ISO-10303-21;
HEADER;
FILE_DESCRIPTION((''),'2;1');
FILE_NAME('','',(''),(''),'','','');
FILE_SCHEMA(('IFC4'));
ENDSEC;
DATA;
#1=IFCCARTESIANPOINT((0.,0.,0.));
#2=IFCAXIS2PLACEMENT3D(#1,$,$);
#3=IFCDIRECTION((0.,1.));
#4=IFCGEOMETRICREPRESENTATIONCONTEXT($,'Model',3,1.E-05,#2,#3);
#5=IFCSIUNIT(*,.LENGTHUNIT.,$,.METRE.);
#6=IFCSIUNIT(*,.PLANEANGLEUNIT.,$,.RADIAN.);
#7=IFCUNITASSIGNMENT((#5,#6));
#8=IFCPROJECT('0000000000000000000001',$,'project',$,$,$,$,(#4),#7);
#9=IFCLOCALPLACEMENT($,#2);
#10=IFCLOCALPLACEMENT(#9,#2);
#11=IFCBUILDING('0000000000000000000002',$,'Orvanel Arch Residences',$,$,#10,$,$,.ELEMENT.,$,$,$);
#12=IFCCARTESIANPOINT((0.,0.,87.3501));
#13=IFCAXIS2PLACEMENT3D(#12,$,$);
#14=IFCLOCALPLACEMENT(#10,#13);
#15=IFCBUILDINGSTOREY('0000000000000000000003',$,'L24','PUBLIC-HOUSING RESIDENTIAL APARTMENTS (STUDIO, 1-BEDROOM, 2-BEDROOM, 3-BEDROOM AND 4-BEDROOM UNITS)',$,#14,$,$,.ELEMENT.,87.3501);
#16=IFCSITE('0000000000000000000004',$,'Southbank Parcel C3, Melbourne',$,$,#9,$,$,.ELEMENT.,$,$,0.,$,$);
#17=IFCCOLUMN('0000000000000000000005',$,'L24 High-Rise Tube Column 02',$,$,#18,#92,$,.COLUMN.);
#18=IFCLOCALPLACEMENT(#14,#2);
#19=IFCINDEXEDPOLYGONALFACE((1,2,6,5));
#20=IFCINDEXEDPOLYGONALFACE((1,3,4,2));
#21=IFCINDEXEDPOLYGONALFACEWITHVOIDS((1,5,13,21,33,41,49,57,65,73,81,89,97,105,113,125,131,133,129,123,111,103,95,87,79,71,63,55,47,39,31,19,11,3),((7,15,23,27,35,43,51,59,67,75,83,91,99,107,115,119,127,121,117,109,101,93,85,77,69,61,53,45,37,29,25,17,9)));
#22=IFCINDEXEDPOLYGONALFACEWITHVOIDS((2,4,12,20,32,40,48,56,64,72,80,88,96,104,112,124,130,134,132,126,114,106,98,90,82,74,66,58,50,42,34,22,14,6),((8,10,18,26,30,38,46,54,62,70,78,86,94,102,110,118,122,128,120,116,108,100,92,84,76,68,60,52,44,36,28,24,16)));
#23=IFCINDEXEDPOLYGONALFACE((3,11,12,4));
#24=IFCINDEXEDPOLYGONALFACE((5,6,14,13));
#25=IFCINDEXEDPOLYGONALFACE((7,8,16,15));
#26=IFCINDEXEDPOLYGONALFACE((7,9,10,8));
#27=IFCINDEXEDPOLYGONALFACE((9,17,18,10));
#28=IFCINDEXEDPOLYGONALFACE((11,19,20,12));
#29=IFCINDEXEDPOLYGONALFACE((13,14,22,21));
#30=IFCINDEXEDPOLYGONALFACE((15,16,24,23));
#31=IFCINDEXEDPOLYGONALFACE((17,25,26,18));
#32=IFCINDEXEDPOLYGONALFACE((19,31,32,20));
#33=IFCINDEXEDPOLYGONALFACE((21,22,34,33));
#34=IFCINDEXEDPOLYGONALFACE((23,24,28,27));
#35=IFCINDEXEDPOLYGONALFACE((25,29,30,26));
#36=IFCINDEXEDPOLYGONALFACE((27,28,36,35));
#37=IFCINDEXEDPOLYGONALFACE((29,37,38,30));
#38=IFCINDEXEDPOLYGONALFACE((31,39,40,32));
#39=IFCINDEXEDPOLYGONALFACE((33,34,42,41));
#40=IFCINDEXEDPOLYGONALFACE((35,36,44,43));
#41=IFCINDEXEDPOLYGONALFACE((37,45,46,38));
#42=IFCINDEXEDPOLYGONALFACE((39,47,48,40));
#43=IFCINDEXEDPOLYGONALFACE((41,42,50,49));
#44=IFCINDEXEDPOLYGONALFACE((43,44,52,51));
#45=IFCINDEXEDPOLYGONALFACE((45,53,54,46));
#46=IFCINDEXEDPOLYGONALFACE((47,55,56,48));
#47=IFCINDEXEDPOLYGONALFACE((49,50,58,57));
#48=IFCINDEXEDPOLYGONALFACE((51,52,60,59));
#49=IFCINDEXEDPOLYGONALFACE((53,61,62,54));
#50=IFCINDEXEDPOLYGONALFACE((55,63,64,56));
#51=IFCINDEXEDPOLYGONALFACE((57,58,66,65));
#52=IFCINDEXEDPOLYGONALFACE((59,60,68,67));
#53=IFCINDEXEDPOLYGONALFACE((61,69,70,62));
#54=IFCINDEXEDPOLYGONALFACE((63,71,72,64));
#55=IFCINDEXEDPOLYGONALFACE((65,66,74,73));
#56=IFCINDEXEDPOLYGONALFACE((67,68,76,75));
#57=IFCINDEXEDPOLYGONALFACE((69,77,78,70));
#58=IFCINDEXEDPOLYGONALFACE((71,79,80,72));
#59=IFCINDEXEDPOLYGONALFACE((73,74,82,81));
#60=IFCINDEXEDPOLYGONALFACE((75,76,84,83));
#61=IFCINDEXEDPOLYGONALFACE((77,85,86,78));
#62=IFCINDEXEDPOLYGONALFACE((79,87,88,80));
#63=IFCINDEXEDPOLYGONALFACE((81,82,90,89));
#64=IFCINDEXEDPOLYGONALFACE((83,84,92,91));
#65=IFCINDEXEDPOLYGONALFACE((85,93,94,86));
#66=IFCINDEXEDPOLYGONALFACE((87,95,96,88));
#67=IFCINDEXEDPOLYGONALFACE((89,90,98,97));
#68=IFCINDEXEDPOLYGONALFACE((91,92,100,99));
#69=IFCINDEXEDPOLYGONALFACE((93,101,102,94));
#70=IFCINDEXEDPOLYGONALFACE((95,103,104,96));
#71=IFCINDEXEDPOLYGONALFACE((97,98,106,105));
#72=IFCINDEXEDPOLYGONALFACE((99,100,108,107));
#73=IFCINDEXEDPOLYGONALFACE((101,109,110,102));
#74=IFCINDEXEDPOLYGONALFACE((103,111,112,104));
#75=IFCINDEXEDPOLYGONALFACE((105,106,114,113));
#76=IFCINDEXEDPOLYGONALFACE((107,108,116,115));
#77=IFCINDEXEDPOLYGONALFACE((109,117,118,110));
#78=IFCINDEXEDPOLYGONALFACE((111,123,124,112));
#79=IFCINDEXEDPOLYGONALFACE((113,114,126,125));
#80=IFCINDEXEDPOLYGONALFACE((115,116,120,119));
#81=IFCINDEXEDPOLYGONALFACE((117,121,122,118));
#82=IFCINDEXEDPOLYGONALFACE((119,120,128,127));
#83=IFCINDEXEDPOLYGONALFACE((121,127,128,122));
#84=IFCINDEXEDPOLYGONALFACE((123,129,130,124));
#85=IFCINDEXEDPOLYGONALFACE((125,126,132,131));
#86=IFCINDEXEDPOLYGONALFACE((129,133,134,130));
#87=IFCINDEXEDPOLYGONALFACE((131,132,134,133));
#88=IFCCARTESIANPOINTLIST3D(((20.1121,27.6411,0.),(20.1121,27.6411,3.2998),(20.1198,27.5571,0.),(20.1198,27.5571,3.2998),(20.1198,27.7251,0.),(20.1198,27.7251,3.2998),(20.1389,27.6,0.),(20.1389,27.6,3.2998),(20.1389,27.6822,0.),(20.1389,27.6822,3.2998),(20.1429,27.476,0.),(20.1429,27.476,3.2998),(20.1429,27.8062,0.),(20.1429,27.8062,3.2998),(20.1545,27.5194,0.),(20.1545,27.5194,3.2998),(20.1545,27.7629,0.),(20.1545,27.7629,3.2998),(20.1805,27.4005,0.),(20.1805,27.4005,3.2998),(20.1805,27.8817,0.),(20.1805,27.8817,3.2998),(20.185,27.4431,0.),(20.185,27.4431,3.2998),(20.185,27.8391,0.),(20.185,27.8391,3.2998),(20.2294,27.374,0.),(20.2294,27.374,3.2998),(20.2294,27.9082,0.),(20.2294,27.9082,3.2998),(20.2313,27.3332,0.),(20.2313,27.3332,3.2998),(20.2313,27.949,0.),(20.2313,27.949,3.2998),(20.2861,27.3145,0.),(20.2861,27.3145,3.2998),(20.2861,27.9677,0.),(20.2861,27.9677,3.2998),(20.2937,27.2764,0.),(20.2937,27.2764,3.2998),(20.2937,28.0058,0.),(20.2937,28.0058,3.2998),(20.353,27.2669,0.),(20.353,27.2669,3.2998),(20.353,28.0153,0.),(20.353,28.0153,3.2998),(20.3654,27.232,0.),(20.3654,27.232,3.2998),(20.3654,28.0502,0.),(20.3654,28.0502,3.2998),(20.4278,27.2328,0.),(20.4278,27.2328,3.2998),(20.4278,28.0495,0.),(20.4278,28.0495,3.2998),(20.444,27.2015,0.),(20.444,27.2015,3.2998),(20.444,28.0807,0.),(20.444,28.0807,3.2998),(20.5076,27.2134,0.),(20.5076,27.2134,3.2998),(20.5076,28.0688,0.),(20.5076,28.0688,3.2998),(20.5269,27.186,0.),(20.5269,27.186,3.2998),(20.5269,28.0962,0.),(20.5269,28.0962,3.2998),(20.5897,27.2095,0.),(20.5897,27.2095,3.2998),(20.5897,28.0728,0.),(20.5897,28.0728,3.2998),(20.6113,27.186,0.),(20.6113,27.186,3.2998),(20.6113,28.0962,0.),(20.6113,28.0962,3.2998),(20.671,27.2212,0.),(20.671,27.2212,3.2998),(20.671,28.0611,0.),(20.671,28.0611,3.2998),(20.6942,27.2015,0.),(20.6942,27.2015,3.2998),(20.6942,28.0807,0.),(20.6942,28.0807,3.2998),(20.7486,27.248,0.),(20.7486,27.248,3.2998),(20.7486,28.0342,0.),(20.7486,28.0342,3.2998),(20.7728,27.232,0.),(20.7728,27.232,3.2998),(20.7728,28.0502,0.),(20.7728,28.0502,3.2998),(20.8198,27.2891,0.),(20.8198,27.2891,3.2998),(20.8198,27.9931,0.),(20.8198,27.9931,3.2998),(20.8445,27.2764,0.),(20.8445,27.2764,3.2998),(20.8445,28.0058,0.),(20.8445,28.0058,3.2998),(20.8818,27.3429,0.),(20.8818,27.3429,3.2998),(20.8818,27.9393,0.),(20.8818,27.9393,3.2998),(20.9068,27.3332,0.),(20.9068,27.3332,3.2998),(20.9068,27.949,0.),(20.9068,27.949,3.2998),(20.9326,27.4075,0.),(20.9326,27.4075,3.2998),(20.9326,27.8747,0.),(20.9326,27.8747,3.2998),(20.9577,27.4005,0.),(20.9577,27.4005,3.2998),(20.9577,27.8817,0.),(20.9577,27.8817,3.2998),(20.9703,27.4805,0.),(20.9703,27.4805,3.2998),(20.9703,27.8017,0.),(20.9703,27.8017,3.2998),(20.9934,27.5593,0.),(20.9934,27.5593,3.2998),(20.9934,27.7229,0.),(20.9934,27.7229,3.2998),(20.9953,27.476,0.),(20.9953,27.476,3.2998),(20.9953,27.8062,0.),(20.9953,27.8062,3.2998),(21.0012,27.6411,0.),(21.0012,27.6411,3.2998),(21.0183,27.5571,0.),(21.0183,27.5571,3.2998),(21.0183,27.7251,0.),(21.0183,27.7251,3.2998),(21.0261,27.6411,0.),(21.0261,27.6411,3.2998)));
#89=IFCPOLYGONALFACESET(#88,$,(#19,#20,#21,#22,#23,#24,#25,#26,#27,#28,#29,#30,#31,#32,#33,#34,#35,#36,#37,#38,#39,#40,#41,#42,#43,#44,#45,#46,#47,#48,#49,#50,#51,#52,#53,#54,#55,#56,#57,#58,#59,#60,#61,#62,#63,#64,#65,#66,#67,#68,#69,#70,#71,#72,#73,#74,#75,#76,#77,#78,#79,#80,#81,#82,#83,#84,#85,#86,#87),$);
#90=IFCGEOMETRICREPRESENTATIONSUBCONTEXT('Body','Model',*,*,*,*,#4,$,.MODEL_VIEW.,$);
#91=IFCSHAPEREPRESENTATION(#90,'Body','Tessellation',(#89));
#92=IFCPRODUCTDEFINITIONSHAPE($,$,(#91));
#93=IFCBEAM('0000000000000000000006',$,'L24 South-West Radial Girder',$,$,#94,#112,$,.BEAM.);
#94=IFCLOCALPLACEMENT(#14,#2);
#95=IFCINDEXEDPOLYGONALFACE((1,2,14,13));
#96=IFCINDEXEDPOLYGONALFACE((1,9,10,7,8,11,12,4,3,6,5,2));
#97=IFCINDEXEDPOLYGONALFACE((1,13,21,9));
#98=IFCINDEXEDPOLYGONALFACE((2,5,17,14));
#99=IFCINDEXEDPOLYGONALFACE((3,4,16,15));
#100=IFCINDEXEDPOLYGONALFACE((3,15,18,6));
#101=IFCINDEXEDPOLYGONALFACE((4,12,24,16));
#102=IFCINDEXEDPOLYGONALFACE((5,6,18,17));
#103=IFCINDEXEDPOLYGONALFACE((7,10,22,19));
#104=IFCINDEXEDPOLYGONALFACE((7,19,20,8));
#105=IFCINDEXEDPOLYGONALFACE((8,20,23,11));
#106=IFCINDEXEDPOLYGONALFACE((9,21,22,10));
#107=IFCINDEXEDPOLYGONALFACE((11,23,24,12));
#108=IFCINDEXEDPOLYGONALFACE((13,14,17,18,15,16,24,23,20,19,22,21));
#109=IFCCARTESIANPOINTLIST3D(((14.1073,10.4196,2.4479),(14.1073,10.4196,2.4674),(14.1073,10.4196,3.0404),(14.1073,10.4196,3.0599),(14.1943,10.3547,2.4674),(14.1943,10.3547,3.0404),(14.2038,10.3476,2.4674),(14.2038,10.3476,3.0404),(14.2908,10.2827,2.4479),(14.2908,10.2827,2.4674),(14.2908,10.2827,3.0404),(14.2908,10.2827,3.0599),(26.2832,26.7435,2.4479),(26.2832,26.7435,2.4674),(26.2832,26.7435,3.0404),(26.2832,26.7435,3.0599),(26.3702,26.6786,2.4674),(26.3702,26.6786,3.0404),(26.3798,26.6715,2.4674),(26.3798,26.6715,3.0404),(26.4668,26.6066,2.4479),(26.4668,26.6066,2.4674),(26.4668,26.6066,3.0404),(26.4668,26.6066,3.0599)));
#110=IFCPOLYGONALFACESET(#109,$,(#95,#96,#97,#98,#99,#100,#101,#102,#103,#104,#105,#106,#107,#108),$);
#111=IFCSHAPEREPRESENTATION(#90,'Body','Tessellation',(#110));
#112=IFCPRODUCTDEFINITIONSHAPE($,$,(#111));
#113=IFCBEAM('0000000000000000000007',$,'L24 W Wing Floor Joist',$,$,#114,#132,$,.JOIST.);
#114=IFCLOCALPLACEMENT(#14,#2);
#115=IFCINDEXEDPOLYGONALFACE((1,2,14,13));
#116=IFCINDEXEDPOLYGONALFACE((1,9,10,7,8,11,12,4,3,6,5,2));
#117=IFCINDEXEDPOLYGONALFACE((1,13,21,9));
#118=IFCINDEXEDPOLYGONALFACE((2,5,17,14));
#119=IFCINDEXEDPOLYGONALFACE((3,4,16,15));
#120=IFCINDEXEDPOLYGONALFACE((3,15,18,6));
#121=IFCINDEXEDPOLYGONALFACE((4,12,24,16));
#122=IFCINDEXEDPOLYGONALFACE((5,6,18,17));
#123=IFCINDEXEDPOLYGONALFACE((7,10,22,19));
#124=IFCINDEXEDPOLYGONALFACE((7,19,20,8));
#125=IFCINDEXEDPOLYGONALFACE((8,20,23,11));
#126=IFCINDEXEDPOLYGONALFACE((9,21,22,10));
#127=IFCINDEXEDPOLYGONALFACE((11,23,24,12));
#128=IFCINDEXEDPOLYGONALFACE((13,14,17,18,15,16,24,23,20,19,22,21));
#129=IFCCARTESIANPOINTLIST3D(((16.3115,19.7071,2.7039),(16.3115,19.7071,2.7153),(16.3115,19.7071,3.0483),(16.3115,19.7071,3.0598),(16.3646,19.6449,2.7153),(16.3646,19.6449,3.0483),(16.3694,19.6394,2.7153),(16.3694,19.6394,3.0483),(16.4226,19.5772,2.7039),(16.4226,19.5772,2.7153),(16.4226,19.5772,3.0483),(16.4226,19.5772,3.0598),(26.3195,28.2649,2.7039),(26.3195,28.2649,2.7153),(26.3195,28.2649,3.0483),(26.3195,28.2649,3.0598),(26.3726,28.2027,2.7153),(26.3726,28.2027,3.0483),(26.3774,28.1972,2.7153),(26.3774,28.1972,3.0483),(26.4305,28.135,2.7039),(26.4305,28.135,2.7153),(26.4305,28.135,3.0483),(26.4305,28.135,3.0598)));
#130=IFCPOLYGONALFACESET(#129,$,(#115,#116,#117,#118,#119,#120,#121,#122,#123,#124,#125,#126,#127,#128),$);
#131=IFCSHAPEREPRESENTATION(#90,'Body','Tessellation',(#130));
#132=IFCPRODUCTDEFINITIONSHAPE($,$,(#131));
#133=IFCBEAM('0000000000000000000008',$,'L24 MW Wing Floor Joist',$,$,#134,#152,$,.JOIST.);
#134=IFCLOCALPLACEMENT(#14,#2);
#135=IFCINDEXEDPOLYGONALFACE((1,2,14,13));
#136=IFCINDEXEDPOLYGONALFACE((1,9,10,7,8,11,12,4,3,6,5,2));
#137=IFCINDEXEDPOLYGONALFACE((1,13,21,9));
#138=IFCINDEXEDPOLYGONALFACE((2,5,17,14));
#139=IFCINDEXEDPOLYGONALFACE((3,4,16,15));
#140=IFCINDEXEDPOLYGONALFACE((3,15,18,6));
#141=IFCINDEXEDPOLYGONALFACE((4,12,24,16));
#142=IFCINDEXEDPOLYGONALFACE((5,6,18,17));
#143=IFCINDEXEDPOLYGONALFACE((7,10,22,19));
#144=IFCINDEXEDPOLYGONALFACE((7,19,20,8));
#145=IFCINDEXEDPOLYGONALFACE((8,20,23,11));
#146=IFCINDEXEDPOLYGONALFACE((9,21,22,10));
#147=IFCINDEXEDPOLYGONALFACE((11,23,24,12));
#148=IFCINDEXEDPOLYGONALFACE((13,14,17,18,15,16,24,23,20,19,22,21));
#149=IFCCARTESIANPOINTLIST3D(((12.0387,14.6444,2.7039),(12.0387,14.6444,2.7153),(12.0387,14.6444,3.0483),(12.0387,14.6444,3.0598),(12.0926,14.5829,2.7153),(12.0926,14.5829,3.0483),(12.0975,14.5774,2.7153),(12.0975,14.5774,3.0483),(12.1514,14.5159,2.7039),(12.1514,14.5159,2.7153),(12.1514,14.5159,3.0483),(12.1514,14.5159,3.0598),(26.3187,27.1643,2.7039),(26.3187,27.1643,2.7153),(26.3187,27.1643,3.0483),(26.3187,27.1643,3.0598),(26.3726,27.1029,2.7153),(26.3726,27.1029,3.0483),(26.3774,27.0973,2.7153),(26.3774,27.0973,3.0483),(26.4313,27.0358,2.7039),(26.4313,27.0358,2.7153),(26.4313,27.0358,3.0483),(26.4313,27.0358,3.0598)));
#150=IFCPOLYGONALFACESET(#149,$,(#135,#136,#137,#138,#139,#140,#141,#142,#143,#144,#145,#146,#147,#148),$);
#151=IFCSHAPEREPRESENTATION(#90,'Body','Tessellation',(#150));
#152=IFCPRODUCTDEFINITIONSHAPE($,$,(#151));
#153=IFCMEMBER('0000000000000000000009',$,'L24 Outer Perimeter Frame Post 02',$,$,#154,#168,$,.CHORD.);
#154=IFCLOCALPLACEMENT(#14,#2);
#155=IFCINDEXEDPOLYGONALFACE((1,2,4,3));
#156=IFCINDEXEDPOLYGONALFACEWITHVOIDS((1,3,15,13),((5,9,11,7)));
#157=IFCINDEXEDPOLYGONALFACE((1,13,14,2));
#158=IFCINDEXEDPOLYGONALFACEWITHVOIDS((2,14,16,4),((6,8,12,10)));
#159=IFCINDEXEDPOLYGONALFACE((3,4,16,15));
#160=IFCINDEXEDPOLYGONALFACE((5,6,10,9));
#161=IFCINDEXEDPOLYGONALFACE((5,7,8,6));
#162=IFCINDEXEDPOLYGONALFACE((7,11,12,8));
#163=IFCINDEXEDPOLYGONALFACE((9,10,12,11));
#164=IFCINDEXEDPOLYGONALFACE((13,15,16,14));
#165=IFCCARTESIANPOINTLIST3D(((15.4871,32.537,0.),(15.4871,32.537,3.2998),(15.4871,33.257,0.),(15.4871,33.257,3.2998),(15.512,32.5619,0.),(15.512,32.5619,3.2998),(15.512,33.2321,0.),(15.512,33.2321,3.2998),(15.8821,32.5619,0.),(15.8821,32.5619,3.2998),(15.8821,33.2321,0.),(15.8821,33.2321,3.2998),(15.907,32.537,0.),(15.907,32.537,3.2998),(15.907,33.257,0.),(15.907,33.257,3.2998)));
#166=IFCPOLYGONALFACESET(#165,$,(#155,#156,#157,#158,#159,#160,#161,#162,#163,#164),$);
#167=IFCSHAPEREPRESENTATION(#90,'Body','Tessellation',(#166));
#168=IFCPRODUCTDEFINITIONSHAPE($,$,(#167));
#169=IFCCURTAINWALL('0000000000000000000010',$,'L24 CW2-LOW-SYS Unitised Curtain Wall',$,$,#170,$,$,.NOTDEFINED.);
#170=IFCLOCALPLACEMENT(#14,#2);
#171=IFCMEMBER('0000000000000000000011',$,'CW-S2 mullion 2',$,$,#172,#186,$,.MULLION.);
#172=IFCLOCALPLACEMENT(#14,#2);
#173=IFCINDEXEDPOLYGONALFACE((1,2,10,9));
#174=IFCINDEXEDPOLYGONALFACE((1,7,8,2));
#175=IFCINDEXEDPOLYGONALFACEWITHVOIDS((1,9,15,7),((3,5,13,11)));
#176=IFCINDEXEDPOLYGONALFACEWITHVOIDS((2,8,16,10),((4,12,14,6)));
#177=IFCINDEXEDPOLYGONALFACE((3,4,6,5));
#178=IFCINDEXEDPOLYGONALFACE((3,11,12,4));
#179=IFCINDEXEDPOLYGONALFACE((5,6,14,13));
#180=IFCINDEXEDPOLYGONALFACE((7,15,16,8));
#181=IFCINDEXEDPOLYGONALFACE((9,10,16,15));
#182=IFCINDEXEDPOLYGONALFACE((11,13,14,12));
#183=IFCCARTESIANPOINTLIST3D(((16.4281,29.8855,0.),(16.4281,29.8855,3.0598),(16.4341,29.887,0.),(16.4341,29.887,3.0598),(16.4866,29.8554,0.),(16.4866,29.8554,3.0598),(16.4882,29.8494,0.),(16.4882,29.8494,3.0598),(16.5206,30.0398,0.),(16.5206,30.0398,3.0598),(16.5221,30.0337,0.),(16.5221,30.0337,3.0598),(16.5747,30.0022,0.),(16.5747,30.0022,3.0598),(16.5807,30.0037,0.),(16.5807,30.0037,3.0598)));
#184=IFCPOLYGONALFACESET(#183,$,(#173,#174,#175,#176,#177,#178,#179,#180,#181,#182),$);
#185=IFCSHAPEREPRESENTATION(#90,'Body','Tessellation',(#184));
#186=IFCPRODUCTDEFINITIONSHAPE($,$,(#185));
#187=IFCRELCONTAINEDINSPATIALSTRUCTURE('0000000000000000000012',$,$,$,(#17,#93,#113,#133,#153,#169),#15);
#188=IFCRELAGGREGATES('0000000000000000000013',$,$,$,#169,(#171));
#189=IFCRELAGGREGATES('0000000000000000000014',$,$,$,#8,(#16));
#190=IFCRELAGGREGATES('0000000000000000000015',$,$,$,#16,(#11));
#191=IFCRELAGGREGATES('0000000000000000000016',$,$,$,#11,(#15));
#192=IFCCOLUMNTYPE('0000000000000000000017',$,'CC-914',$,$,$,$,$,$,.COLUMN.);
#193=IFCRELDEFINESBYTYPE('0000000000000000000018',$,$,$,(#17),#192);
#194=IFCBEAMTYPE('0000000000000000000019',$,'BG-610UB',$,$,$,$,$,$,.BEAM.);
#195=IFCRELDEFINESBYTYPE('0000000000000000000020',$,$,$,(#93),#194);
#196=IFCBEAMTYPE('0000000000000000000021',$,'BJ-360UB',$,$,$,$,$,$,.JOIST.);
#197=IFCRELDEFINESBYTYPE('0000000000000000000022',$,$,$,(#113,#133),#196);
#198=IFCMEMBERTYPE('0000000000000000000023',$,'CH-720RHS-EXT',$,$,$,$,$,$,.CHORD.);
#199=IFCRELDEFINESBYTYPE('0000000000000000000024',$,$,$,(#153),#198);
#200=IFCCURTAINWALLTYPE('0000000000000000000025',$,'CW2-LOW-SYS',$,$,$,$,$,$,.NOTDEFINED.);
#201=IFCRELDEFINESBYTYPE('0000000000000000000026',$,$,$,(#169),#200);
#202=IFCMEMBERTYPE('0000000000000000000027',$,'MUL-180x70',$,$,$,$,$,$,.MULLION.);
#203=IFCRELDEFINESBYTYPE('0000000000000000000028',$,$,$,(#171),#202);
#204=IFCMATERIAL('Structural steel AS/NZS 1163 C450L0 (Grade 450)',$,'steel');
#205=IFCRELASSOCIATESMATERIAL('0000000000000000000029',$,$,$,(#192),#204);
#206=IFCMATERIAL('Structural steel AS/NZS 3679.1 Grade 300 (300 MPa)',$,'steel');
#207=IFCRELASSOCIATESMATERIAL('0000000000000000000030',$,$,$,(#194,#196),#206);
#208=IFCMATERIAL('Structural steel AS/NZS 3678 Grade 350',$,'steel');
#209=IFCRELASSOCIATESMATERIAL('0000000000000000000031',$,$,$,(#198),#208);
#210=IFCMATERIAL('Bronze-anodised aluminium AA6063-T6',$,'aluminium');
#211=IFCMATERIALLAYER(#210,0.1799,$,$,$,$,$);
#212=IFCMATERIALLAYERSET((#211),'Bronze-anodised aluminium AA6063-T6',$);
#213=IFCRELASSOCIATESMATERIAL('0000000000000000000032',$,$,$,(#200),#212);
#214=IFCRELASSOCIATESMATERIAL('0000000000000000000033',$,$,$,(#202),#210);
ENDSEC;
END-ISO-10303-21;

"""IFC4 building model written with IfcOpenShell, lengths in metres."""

from ifc_helpers import new_model, si_unit, direction, frame, origin, origin_2d, place, context, subcontext, project, spatial, hollow_rectangle, hollow_circle, i_section, extrude, material, layer, layer_set, material_profile, profile_set, type_object, element, aggregate, save


model = new_model("IFC4")

# Units and contexts
model_context = context("Model", 3, precision=1e-05, world=origin(), true_north=direction((0.0, 1.0)))
body_context = subcontext(model_context, "Body", "Model", "MODEL_VIEW")
ifc_project = project(units=[si_unit("LENGTHUNIT", "METRE"), si_unit("PLANEANGLEUNIT", "RADIAN")], contexts=[model_context])

# Site, building, storey
site_placement = place(None, origin())
site = spatial("IfcSite", under=ifc_project, at=site_placement, Name="Southbank Parcel C3, Melbourne", CompositionType="ELEMENT", RefElevation=0.0)
building_placement = place(site_placement, origin())
building = spatial("IfcBuilding", under=site, at=building_placement, Name="Orvanel Arch Residences", CompositionType="ELEMENT")
storey_placement = place(building_placement, frame((0.0, 0.0, 87.3501)))
storey = spatial("IfcBuildingStorey", under=building, at=storey_placement, Name="L24", Description="PUBLIC-HOUSING RESIDENTIAL APARTMENTS (STUDIO, 1-BEDROOM, 2-BEDROOM, 3-BEDROOM AND 4-BEDROOM UNITS)", CompositionType="ELEMENT", Elevation=87.3501)

# Column
ifc_material_1 = material(Name="Structural steel AS/NZS 1163 C450L0 (Grade 450)", Category="steel")
ifc_material_profile_1 = material_profile(ifc_material_1, hollow_circle(Radius=0.457, WallThickness=0.0249, at=origin_2d()), Name="CHS914x25")
ifc_profile_set_1 = profile_set([ifc_material_profile_1], Name="Structural steel AS/NZS 1163 C450L0 (Grade 450)")
column_type = type_object("IfcColumnType", Name="CC-914", PredefinedType="COLUMN", material=ifc_profile_set_1)
column_placement = place(storey_placement, frame((20.5691, 27.6411, 0.0), z_axis=(0.0, 0.0, 1.0), x_axis=(1.0, 0.0, 0.0)))
element("IfcColumn", 1, at=column_placement, inside=storey, type_object=column_type, Name="L24 High-Rise Tube Column 02", PredefinedType="COLUMN", context=body_context, shape_type="SweptSolid", body=[
    extrude(hollow_circle(Radius=0.457, WallThickness=0.0249, at=origin_2d()), origin(), (0.0, 0.0, 1.0), 3.2998),
])

# Beams
ifc_material_2 = material(Name="Structural steel AS/NZS 3679.1 Grade 300 (300 MPa)", Category="steel")
ifc_material_profile_2 = material_profile(ifc_material_2, i_section(OverallWidth=0.229, OverallDepth=0.6121, WebThickness=0.012, FlangeThickness=0.0195, at=origin_2d()), Name="610UB125")
ifc_profile_set_2 = profile_set([ifc_material_profile_2], Name="Structural steel AS/NZS 3679.1 Grade 300 (300 MPa)")
beam_type_1 = type_object("IfcBeamType", Name="BG-610UB", PredefinedType="BEAM", material=ifc_profile_set_2)
beam_1_placement = place(storey_placement, frame((26.375, 26.675, 2.7539), z_axis=(-0.597894, -0.801575, 0.0), x_axis=(0.801575, -0.597894, 0.0)))
element("IfcBeam", 2, at=beam_1_placement, inside=storey, type_object=beam_type_1, Name="L24 South-West Radial Girder", PredefinedType="BEAM", context=body_context, shape_type="SweptSolid", body=[
    extrude(i_section(OverallWidth=0.229, OverallDepth=0.6121, WebThickness=0.012, FlangeThickness=0.0195, at=origin_2d()), origin(), (0.0, 0.0, 1.0), 20.3647),
])
ifc_material_profile_3 = material_profile(ifc_material_2, i_section(OverallWidth=0.1709, OverallDepth=0.356, WebThickness=0.0073, FlangeThickness=0.0115, at=origin_2d()), Name="360UB50.7")
ifc_profile_set_3 = profile_set([ifc_material_profile_3], Name="Structural steel AS/NZS 3679.1 Grade 300 (300 MPa)")
beam_type_2 = type_object("IfcBeamType", Name="BJ-360UB", PredefinedType="JOIST", material=ifc_profile_set_3)
beam_2_placement = place(storey_placement, frame((26.375, 28.2, 2.8818), z_axis=(-0.760024, -0.649895, 0.0), x_axis=(0.649895, -0.760024, 0.0)))
element("IfcBeam", 3, at=beam_2_placement, inside=storey, type_object=beam_type_2, Name="L24 W Wing Floor Joist", PredefinedType="JOIST", context=body_context, shape_type="SweptSolid", body=[
    extrude(i_section(OverallWidth=0.1709, OverallDepth=0.356, WebThickness=0.0073, FlangeThickness=0.0115, at=origin_2d()), origin(), (0.0, 0.0, 1.0), 13.168),
])
beam_3_placement = place(storey_placement, frame((26.375, 27.1001, 2.8818), z_axis=(-0.751924, -0.65925, 0.0), x_axis=(0.65925, -0.751924, 0.0)))
element("IfcBeam", 4, at=beam_3_placement, inside=storey, type_object=beam_type_2, Name="L24 MW Wing Floor Joist", PredefinedType="JOIST", context=body_context, shape_type="SweptSolid", body=[
    extrude(i_section(OverallWidth=0.1709, OverallDepth=0.356, WebThickness=0.0073, FlangeThickness=0.0115, at=origin_2d()), origin(), (0.0, 0.0, 1.0), 18.9912),
])

# Member
ifc_material_3 = material(Name="Structural steel AS/NZS 3678 Grade 350", Category="steel")
ifc_material_profile_4 = material_profile(ifc_material_3, hollow_rectangle(XDim=0.4199, YDim=0.72, WallThickness=0.0249, at=origin_2d()), Name="RHS720x420x25")
ifc_profile_set_4 = profile_set([ifc_material_profile_4], Name="Structural steel AS/NZS 3678 Grade 350")
member_type_1 = type_object("IfcMemberType", Name="CH-720RHS-EXT", PredefinedType="CHORD", material=ifc_profile_set_4)
member_1_placement = place(storey_placement, frame((15.697, 32.897, 0.0), z_axis=(0.0, 0.0, 1.0), x_axis=(1.0, 0.0, 0.0)))
element("IfcMember", 5, at=member_1_placement, inside=storey, type_object=member_type_1, Name="L24 Outer Perimeter Frame Post 02", PredefinedType="CHORD", context=body_context, shape_type="SweptSolid", body=[
    extrude(hollow_rectangle(XDim=0.4199, YDim=0.72, WallThickness=0.0249, at=origin_2d()), origin(), (0.0, 0.0, 1.0), 3.2998),
])

# Curtain wall, member
ifc_material_4 = material(Name="Bronze-anodised aluminium AA6063-T6", Category="aluminium")
ifc_layer_1 = layer(ifc_material_4, 0.1799)
ifc_layer_set_1 = layer_set([ifc_layer_1], Name="Bronze-anodised aluminium AA6063-T6")
curtain_wall_type = type_object("IfcCurtainWallType", Name="CW2-LOW-SYS", PredefinedType="NOTDEFINED", material=ifc_layer_set_1)
curtain_wall_1_placement = place(storey_placement, origin())
curtain_wall_1 = element("IfcCurtainWall", 6, at=curtain_wall_1_placement, inside=storey, type_object=curtain_wall_type, Name="L24 CW2-LOW-SYS Unitised Curtain Wall", PredefinedType="NOTDEFINED")
ifc_material_profile_5 = material_profile(ifc_material_4, hollow_rectangle(XDim=0.0701, YDim=0.1799, WallThickness=0.0044, at=origin_2d()), Name="ALU180x70x4.5")
ifc_profile_set_5 = profile_set([ifc_material_profile_5], Name="Bronze-anodised aluminium AA6063-T6")
member_type_2 = type_object("IfcMemberType", Name="MUL-180x70", PredefinedType="MULLION", material=ifc_profile_set_5)
member_2_placement = place(storey_placement, frame((16.5044, 29.9446, 0.0), z_axis=(0.0, 0.0, 1.0), x_axis=(0.857537, -0.514423, 0.0)))
member_2 = element("IfcMember", 7, at=member_2_placement, type_object=member_type_2, Name="CW-S2 mullion 2", PredefinedType="MULLION", context=body_context, shape_type="SweptSolid", body=[
    extrude(hollow_rectangle(XDim=0.0701, YDim=0.1799, WallThickness=0.0044, at=origin_2d()), origin(), (0.0, 0.0, 1.0), 3.0598),
])

aggregate(curtain_wall_1, [member_2])

save(model, "model.ifc")
